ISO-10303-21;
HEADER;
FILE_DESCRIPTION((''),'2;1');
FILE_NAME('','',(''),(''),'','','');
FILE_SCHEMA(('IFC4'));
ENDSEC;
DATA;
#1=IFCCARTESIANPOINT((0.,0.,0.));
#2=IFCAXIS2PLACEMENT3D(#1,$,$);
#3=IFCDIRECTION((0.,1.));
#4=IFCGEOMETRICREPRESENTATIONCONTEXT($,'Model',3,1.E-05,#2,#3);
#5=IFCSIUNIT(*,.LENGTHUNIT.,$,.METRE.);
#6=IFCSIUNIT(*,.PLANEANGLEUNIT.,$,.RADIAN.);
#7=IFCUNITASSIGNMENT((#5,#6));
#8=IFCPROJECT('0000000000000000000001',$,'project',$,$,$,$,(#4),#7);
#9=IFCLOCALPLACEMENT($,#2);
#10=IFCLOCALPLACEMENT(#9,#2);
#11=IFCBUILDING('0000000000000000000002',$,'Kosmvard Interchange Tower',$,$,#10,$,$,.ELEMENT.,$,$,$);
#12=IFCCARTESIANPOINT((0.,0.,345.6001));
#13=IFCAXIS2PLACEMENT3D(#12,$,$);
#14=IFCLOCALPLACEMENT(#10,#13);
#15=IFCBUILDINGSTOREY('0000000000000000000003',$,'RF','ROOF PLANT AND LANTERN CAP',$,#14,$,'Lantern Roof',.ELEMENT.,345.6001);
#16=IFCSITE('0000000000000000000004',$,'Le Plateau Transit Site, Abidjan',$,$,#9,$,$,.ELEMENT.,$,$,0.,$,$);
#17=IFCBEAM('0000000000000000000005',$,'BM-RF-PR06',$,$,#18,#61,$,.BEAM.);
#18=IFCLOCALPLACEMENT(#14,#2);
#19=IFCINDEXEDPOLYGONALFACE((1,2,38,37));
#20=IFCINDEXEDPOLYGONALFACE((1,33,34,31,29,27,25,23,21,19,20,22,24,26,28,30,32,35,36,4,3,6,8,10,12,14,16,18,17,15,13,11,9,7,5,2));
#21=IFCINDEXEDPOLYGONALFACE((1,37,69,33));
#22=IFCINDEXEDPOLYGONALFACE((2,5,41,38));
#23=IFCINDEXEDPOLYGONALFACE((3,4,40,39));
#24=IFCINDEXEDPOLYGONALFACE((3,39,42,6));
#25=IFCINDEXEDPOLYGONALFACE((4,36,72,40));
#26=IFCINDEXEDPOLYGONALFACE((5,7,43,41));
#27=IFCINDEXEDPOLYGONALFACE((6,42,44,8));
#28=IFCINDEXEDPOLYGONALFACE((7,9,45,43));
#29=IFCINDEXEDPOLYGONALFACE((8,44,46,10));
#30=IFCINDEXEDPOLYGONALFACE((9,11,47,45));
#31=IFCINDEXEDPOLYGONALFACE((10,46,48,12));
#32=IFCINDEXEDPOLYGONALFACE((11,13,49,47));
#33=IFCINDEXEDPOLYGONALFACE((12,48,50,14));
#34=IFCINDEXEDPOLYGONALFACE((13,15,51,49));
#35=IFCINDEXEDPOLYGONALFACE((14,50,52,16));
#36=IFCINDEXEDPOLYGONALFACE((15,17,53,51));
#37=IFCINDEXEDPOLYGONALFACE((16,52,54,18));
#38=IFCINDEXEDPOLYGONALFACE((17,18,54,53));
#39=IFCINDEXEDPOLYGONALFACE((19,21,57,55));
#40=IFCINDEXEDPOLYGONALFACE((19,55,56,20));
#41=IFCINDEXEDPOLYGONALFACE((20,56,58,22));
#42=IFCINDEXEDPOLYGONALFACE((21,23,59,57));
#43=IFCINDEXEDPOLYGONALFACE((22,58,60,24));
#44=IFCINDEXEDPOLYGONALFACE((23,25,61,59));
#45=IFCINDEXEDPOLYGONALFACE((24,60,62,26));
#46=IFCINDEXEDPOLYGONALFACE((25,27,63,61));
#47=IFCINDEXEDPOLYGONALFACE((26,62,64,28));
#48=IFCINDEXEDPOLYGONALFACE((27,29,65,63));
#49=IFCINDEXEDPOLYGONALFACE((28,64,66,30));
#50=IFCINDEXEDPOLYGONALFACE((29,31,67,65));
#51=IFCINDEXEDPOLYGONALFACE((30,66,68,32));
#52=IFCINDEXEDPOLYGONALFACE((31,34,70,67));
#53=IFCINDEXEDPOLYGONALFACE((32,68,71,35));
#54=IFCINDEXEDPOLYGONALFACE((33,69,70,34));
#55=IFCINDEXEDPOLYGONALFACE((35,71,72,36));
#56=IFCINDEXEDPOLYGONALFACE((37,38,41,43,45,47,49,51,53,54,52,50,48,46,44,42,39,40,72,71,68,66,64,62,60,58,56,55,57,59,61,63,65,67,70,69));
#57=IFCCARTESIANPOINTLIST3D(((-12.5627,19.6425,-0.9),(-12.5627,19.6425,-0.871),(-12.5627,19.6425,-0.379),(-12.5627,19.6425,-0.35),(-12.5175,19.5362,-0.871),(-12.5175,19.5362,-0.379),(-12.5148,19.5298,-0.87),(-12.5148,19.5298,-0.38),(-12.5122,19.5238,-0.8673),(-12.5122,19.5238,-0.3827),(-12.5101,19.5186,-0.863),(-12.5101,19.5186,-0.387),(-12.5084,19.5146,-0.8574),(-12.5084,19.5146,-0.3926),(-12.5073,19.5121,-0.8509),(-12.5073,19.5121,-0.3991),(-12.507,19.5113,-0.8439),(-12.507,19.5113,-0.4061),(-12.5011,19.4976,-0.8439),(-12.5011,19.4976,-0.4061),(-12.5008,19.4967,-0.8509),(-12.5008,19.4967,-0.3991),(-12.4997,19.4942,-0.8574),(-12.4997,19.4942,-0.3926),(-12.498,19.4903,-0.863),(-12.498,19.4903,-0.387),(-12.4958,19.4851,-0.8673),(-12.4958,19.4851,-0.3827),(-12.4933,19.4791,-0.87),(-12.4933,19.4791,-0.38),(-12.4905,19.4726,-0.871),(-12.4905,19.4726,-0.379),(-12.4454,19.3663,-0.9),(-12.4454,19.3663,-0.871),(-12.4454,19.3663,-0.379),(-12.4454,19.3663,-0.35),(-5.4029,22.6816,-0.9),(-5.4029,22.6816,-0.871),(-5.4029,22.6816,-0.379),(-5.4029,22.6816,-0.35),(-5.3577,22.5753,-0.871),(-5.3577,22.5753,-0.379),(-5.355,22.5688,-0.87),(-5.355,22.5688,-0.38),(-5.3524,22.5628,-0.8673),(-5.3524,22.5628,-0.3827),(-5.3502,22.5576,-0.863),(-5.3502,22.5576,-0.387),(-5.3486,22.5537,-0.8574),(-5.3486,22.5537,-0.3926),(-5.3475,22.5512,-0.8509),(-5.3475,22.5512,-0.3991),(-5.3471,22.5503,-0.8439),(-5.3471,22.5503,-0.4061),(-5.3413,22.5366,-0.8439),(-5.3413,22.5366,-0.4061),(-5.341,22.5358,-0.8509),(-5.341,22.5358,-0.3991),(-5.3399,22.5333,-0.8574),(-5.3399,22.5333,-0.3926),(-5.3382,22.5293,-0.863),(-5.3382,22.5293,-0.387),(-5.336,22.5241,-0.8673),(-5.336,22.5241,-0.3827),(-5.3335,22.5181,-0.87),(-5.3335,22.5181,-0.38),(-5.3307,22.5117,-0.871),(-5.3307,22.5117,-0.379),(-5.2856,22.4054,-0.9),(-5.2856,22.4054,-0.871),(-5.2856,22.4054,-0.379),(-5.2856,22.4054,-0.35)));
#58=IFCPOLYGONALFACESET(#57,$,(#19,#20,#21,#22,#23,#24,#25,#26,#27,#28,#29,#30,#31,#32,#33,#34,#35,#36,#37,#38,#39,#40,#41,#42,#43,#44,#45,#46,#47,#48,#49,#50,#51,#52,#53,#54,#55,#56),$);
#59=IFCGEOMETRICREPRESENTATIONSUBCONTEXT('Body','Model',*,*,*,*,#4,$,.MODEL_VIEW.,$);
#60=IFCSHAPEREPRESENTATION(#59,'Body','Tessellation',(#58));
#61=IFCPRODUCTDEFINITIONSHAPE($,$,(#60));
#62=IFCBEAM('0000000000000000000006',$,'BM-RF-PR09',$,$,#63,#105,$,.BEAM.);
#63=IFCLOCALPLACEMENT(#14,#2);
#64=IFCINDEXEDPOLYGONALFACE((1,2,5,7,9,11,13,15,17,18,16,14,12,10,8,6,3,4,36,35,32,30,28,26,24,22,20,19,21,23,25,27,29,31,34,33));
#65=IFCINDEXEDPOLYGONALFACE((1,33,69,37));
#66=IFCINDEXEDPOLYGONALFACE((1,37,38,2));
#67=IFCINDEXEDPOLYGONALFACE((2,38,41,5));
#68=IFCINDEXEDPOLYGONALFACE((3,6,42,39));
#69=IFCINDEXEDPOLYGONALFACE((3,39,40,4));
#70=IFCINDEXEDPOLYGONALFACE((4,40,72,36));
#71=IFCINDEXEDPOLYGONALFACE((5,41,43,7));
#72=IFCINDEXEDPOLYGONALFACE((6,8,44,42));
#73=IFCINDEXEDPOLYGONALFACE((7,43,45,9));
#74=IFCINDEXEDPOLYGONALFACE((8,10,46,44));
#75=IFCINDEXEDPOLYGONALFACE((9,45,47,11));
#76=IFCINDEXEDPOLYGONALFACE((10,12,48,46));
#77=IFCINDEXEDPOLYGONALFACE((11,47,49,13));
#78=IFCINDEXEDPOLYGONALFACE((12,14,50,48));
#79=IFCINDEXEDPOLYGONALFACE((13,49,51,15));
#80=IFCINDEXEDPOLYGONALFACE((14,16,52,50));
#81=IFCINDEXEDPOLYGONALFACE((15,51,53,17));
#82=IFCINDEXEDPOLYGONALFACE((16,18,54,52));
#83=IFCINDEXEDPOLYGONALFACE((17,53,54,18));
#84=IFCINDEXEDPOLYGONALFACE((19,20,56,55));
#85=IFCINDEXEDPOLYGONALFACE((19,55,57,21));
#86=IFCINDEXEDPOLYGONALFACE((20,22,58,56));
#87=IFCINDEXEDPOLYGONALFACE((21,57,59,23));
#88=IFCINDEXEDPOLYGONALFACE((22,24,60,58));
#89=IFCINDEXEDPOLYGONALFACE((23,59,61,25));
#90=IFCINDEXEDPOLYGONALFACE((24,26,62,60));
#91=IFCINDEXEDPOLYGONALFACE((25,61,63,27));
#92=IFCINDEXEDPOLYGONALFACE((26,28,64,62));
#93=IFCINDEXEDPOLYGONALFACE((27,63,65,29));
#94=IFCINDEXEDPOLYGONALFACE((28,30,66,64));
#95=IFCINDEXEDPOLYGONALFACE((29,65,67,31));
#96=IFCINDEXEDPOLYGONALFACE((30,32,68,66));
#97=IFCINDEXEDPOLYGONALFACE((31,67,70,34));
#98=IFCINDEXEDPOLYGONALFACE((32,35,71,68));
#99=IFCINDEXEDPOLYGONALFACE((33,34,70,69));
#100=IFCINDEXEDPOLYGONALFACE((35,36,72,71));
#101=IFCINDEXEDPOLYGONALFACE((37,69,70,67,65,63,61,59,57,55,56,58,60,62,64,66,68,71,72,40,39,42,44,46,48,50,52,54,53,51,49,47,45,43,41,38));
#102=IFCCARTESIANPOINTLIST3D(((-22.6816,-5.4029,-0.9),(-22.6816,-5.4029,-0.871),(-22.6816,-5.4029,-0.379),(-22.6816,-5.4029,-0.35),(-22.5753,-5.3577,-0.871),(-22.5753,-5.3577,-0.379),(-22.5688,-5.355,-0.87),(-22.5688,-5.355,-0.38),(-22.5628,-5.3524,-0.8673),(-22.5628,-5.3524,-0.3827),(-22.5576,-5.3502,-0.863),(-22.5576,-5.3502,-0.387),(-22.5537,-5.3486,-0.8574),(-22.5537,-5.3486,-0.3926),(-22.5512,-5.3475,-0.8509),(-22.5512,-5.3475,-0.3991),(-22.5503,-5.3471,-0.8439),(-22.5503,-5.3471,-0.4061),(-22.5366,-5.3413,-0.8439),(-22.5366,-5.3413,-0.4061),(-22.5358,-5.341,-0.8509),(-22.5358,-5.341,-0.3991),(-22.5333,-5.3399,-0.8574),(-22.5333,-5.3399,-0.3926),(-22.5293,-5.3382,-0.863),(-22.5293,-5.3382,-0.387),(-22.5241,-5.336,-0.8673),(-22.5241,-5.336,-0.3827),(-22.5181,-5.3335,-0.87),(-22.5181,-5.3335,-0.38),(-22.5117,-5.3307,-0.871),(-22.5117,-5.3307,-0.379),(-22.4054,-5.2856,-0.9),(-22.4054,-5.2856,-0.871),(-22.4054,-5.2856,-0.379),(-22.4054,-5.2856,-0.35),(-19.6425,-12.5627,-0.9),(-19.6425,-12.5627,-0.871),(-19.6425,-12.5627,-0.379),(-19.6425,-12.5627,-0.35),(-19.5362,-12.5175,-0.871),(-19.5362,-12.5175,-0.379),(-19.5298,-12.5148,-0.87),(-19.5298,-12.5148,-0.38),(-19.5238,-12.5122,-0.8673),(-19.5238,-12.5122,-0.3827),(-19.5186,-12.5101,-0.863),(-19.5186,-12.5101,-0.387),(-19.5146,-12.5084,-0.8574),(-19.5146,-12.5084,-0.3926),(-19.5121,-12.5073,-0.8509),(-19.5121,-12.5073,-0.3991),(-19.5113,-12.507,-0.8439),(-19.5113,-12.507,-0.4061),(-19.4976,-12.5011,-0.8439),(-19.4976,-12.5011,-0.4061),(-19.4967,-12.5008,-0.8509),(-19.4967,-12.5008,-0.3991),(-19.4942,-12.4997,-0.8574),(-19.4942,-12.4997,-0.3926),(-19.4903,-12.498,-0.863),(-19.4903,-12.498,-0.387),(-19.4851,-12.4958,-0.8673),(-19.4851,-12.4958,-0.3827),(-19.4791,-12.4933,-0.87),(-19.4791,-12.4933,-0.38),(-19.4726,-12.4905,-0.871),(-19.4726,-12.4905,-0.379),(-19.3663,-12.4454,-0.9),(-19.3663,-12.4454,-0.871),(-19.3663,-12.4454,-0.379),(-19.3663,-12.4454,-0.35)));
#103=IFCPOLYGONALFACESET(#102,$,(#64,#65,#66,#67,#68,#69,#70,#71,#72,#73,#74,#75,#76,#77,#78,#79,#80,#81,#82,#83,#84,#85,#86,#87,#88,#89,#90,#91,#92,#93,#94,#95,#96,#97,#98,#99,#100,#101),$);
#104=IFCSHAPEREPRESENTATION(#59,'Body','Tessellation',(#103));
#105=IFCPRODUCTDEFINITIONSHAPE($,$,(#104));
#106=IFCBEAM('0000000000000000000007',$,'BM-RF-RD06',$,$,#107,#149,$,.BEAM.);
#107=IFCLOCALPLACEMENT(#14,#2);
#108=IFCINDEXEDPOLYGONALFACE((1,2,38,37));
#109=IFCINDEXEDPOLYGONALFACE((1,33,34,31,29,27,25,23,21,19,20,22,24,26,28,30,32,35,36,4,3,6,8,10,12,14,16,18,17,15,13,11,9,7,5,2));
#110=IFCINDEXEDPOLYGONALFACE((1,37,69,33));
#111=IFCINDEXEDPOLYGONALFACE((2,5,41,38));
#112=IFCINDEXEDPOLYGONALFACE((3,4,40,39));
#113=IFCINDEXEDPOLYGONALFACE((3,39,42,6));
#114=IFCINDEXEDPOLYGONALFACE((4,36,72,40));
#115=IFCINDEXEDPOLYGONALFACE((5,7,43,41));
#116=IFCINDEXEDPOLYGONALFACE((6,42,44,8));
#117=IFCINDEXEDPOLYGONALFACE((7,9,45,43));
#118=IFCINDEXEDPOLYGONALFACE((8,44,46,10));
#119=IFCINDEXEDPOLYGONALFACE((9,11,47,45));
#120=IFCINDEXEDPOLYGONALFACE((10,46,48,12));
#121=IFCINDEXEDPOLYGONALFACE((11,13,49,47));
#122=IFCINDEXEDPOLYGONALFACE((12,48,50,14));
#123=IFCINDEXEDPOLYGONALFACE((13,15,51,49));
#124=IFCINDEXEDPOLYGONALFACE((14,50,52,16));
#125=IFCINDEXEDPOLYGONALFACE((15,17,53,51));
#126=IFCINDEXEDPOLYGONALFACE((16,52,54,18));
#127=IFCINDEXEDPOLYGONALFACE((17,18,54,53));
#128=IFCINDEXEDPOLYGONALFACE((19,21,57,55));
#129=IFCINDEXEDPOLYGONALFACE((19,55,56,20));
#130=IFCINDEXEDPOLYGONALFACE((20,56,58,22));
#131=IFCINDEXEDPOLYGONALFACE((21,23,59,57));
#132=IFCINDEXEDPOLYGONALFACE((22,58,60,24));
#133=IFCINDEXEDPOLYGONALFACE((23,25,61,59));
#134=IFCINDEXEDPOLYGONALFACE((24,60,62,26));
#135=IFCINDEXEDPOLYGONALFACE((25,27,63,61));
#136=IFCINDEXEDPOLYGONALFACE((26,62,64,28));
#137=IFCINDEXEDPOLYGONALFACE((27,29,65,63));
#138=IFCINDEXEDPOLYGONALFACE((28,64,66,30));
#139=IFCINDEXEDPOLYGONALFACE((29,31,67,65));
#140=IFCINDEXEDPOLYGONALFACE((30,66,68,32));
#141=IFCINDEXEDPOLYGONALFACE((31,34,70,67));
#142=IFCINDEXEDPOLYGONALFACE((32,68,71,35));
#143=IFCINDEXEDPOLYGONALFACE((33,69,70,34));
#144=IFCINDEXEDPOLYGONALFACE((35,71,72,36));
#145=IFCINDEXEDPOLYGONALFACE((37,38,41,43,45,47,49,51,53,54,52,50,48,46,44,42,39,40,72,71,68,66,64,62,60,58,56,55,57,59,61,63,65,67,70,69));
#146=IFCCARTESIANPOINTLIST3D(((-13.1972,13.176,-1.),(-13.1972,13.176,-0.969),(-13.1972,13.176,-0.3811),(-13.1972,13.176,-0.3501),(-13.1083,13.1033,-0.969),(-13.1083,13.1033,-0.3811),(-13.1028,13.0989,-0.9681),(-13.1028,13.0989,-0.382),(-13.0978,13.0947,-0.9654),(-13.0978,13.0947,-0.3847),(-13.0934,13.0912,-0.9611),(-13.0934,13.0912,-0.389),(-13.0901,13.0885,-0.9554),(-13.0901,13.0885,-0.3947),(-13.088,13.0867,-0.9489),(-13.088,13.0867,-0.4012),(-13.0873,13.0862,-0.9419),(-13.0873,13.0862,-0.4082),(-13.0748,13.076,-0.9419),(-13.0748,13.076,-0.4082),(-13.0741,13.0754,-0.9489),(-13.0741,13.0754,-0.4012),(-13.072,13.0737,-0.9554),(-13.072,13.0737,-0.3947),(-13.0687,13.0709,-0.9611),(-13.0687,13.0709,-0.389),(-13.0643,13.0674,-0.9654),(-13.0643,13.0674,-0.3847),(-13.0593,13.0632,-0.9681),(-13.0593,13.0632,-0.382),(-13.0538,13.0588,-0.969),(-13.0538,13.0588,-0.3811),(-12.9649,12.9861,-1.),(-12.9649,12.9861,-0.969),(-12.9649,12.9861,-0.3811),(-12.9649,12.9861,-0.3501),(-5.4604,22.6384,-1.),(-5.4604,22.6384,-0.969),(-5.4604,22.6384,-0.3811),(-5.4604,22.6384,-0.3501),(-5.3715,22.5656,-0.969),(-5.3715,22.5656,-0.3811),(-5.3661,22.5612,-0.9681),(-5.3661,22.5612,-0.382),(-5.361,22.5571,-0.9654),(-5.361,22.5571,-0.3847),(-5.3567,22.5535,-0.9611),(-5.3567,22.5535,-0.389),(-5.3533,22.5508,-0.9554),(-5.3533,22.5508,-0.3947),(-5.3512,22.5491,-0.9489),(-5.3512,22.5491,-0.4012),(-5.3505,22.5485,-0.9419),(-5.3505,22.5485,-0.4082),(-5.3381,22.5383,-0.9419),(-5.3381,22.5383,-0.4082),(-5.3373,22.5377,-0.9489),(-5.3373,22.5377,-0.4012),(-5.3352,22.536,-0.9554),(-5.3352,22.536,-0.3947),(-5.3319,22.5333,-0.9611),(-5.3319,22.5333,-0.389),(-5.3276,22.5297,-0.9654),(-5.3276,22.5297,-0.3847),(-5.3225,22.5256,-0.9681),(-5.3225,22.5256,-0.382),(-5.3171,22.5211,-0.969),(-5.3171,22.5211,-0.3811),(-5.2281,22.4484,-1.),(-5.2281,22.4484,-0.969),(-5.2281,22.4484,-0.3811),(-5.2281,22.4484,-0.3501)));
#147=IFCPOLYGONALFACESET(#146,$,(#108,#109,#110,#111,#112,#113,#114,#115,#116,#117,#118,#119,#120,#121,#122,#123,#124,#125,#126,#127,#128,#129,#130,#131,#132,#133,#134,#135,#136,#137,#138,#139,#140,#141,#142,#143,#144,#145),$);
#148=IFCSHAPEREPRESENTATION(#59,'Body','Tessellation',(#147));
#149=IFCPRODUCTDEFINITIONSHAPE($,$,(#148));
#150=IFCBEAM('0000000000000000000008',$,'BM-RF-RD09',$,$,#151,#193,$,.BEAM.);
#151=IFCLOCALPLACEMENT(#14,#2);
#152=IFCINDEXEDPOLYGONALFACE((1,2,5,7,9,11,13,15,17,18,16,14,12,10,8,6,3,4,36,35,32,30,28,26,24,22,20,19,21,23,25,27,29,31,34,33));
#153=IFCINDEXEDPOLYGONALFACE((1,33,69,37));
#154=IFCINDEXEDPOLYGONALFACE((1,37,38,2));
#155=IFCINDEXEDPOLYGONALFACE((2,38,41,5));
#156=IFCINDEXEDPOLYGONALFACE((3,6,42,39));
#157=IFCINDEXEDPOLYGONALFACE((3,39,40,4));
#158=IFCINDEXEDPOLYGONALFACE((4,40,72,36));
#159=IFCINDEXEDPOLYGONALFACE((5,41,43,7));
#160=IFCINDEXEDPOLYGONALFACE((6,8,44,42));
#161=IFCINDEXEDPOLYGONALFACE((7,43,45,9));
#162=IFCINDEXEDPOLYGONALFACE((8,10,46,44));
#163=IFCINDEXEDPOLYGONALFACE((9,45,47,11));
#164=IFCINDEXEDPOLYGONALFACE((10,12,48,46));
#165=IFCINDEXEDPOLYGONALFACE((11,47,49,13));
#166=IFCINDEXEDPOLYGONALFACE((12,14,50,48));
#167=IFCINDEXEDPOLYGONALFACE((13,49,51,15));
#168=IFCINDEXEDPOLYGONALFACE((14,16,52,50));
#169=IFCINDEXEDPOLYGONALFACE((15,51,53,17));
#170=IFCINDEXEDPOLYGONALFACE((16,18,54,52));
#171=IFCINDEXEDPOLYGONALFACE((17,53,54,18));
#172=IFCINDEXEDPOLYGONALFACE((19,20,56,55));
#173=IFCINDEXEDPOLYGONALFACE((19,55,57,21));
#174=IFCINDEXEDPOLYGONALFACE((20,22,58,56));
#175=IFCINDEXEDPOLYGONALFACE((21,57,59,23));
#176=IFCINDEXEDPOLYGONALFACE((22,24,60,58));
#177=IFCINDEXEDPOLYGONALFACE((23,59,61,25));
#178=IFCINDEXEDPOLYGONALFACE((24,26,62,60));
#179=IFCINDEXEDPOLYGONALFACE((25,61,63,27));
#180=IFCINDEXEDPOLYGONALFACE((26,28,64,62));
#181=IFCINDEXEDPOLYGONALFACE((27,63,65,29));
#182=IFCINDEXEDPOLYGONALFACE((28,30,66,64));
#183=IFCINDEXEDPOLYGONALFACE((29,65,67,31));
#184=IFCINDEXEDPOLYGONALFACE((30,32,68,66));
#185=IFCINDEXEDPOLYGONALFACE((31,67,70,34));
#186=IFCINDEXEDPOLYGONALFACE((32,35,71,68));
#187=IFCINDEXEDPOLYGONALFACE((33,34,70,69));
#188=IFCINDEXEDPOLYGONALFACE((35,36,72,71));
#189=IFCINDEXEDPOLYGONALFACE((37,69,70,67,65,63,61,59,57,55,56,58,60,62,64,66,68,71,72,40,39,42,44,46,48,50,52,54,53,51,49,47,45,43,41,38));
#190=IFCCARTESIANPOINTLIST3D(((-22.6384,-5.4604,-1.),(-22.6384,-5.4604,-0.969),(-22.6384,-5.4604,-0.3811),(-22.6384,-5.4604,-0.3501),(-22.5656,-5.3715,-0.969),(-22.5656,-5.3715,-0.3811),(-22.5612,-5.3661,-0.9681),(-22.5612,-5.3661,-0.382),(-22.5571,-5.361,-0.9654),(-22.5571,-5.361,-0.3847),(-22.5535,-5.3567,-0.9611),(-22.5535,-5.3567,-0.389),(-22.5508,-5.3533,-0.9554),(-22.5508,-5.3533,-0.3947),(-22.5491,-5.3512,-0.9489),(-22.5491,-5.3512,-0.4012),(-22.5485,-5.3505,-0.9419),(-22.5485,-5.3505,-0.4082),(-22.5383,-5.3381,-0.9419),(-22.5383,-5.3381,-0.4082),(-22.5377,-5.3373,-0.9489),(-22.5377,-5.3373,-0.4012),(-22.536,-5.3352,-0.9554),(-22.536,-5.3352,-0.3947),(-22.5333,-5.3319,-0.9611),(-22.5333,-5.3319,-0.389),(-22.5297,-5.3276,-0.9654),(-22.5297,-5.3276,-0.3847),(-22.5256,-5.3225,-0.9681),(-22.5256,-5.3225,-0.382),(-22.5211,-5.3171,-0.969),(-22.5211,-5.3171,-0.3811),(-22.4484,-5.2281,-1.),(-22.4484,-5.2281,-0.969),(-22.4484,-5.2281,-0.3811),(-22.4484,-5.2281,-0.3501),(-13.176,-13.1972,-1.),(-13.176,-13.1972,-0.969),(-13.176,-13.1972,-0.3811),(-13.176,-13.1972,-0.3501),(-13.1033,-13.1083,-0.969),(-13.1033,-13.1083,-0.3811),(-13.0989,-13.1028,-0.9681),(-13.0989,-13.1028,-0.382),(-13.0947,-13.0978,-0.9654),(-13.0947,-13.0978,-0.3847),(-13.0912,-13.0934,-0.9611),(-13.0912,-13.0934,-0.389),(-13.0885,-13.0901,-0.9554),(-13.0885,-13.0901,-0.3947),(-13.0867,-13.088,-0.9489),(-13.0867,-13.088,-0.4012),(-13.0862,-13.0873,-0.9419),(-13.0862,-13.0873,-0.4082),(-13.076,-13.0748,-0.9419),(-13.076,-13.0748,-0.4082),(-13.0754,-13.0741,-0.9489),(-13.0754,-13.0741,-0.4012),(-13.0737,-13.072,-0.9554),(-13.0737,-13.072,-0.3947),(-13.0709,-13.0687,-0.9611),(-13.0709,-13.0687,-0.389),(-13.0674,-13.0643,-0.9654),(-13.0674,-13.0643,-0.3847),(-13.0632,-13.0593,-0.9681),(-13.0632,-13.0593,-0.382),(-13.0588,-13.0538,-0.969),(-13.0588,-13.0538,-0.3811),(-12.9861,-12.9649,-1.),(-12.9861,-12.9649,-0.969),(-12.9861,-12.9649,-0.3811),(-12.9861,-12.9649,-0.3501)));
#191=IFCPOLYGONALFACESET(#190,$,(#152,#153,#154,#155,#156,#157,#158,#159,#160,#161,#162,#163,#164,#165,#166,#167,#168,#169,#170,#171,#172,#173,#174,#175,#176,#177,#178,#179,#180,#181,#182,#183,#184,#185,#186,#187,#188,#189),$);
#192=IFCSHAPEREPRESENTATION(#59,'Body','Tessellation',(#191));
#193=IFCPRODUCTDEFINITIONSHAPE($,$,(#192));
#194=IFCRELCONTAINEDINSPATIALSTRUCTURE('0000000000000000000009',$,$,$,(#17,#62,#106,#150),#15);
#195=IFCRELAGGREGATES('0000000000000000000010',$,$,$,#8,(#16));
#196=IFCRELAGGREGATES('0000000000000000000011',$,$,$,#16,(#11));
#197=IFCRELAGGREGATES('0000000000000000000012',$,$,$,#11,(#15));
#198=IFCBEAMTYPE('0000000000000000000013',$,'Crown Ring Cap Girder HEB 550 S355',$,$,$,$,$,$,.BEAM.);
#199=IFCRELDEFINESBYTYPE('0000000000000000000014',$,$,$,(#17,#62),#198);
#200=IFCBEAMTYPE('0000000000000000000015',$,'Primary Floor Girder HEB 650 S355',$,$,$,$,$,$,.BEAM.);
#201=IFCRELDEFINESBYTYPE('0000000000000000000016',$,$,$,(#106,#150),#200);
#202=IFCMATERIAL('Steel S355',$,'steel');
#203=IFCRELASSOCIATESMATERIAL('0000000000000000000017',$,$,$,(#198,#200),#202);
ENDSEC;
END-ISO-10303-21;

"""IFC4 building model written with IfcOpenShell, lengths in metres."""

from ifc_helpers import new_model, si_unit, direction, frame, origin, origin_2d, place, context, subcontext, project, spatial, i_section, extrude, source, transform, mapped, material, material_profile, profile_set, type_object, element, save


model = new_model("IFC4")

# Units and contexts
model_context = context("Model", 3, precision=1e-05, world=origin(), true_north=direction((0.0, 1.0)))
body_context = subcontext(model_context, "Body", "Model", "MODEL_VIEW")
ifc_project = project(units=[si_unit("LENGTHUNIT", "METRE"), si_unit("PLANEANGLEUNIT", "RADIAN")], contexts=[model_context])

# Site, building, storey
site_placement = place(None, origin())
site = spatial("IfcSite", under=ifc_project, at=site_placement, Name="Le Plateau Transit Site, Abidjan", CompositionType="ELEMENT", RefElevation=0.0)
building_placement = place(site_placement, origin())
building = spatial("IfcBuilding", under=site, at=building_placement, Name="Kosmvard Interchange Tower", CompositionType="ELEMENT")
storey_placement = place(building_placement, frame((0.0, 0.0, 345.6001)))
storey = spatial("IfcBuildingStorey", under=building, at=storey_placement, Name="RF", Description="ROOF PLANT AND LANTERN CAP", LongName="Lantern Roof", CompositionType="ELEMENT", Elevation=345.6001)

# Beams
ifc_material_1 = material(Name="Steel S355", Category="steel")
ifc_material_profile_1 = material_profile(ifc_material_1, i_section(OverallWidth=0.3, OverallDepth=0.55, WebThickness=0.0149, FlangeThickness=0.0291, FilletRadius=0.0271, at=origin_2d()), Name="HEB 550")
ifc_profile_set_1 = profile_set([ifc_material_profile_1], Name="Steel S355")
beam_type_1 = type_object("IfcBeamType", Name="Crown Ring Cap Girder HEB 550 S355", PredefinedType="BEAM", material=ifc_profile_set_1)
ifc_material_profile_2 = material_profile(ifc_material_1, i_section(OverallWidth=0.3, OverallDepth=0.6499, WebThickness=0.0161, FlangeThickness=0.031, FilletRadius=0.0271, at=origin_2d()), Name="HEB 650")
ifc_profile_set_2 = profile_set([ifc_material_profile_2], Name="Steel S355")
beam_type_2 = type_object("IfcBeamType", Name="Primary Floor Girder HEB 650 S355", PredefinedType="BEAM", material=ifc_profile_set_2)
shared_shape_1 = source(origin(), body_context, "Body", "SweptSolid", [
    extrude(i_section(OverallWidth=0.3, OverallDepth=0.55, WebThickness=0.0149, FlangeThickness=0.0291, FilletRadius=0.0271, at=origin_2d()), origin(), (0.0, 0.0, 1.0), 7.7781),
])
for number, where, z_axis, x_axis, name in (
    (1, (-5.3442, 22.5435, -0.625), (-0.920511, -0.390716, 0.0), (0.390716, -0.920511, 0.0), "BM-RF-PR06"),
    (2, (-22.5435, -5.3442, -0.625), (0.390716, -0.920511, 0.0), (0.920511, 0.390716, 0.0), "BM-RF-PR09"),
):
    element("IfcBeam", number, at=place(storey_placement, frame(where, z_axis=z_axis, x_axis=x_axis)), inside=storey, type_object=beam_type_1, Name=name, PredefinedType="BEAM", context=body_context, shape_type="MappedRepresentation", body=[
        mapped(shared_shape_1, transform((0.0, 0.0, 0.0), scale=1.0)),
    ])
shared_shape_2 = source(origin(), body_context, "Body", "SweptSolid", [
    extrude(i_section(OverallWidth=0.3, OverallDepth=0.6499, WebThickness=0.0161, FlangeThickness=0.031, FilletRadius=0.0271, at=origin_2d()), origin(), (0.0, 0.0, 1.0), 12.2227),
])
for number, where, z_axis, x_axis, name in (
    (3, (-13.0811, 13.0811, -0.675), (0.632985, 0.774164, 0.0), (-0.774164, 0.632985, 0.0), "BM-RF-RD06"),
    (4, (-13.0811, -13.0811, -0.675), (-0.774164, 0.632985, 0.0), (-0.632985, -0.774164, 0.0), "BM-RF-RD09"),
):
    element("IfcBeam", number, at=place(storey_placement, frame(where, z_axis=z_axis, x_axis=x_axis)), inside=storey, type_object=beam_type_2, Name=name, PredefinedType="BEAM", context=body_context, shape_type="MappedRepresentation", body=[
        mapped(shared_shape_2, transform((0.0, 0.0, 0.0), scale=1.0)),
    ])

save(model, "model.ifc")
